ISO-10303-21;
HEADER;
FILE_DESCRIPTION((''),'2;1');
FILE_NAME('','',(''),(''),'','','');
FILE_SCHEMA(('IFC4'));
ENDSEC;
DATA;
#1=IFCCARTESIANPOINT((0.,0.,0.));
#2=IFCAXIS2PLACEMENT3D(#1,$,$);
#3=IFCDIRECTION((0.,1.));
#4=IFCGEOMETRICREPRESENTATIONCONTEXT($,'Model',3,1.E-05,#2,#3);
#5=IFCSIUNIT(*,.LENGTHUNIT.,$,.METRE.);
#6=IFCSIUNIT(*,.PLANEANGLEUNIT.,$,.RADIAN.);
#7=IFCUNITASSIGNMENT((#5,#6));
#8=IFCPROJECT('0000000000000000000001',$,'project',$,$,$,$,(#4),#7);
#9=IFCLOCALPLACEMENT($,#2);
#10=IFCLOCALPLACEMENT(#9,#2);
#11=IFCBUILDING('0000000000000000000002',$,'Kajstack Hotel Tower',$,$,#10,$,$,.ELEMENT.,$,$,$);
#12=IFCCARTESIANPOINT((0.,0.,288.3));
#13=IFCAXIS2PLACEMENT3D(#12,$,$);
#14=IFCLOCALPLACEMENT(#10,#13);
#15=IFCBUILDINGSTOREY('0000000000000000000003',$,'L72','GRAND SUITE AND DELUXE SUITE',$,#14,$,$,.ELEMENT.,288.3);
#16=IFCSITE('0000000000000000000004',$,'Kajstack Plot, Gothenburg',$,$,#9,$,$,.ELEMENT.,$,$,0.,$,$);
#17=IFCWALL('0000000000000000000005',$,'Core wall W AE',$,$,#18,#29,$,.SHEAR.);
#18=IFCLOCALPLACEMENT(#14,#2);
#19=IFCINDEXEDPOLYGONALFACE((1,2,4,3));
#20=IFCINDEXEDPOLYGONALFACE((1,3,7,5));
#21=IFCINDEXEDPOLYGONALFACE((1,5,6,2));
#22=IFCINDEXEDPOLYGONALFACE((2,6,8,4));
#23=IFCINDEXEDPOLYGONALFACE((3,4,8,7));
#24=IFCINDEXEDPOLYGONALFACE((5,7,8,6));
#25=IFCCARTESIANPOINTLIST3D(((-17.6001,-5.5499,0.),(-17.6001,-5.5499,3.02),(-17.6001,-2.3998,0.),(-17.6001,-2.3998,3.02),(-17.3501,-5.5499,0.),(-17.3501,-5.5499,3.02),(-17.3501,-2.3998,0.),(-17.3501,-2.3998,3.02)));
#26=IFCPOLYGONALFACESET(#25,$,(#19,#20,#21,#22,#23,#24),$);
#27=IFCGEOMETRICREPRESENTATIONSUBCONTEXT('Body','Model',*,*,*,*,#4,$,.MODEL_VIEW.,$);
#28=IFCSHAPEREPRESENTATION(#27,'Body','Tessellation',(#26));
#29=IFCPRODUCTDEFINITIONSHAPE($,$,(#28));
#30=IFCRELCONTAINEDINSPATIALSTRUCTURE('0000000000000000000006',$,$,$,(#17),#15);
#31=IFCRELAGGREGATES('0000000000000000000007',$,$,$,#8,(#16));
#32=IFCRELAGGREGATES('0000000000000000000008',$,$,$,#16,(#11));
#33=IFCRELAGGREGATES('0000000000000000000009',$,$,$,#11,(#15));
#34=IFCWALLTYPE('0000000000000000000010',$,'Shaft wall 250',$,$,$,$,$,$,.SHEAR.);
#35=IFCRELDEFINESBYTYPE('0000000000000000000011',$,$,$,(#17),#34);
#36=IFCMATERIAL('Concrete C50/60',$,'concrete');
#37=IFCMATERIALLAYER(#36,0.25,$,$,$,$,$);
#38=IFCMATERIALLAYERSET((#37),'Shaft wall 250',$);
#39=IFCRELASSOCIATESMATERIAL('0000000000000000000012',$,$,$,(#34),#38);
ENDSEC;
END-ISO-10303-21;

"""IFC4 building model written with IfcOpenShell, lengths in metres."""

from ifc_helpers import new_model, si_unit, direction, frame, frame_2d, origin, place, context, subcontext, project, spatial, rectangle, extrude, material, layer, layer_set, type_object, element, save


model = new_model("IFC4")

# Units and contexts
model_context = context("Model", 3, precision=1e-05, world=origin(), true_north=direction((0.0, 1.0)))
body_context = subcontext(model_context, "Body", "Model", "MODEL_VIEW")
ifc_project = project(units=[si_unit("LENGTHUNIT", "METRE"), si_unit("PLANEANGLEUNIT", "RADIAN")], contexts=[model_context])

# Site, building, storey
site_placement = place(None, origin())
site = spatial("IfcSite", under=ifc_project, at=site_placement, Name="Kajstack Plot, Gothenburg", CompositionType="ELEMENT", RefElevation=0.0)
building_placement = place(site_placement, origin())
building = spatial("IfcBuilding", under=site, at=building_placement, Name="Kajstack Hotel Tower", CompositionType="ELEMENT")
storey_placement = place(building_placement, frame((0.0, 0.0, 288.3)))
storey = spatial("IfcBuildingStorey", under=building, at=storey_placement, Name="L72", Description="GRAND SUITE AND DELUXE SUITE", CompositionType="ELEMENT", Elevation=288.3)

# Wall
ifc_material_1 = material(Name="Concrete C50/60", Category="concrete")
ifc_layer_1 = layer(ifc_material_1, 0.25)
ifc_layer_set_1 = layer_set([ifc_layer_1], Name="Shaft wall 250")
wall_type_1 = type_object("IfcWallType", Name="Shaft wall 250", PredefinedType="SHEAR", material=ifc_layer_set_1)
wall_1_placement = place(storey_placement, frame((-17.4751, -5.55, 0.0), z_axis=(0.0, 0.0, 1.0), x_axis=(0.0, 1.0, 0.0)))
element("IfcWall", 1, at=wall_1_placement, inside=storey, type_object=wall_type_1, Name="Core wall W AE", PredefinedType="SHEAR", context=body_context, shape_type="SweptSolid", body=[
    extrude(rectangle(XDim=3.1501, YDim=0.25, at=frame_2d((1.5752, 0.0))), origin(), (0.0, 0.0, 1.0), 3.02),
])

save(model, "model.ifc")
